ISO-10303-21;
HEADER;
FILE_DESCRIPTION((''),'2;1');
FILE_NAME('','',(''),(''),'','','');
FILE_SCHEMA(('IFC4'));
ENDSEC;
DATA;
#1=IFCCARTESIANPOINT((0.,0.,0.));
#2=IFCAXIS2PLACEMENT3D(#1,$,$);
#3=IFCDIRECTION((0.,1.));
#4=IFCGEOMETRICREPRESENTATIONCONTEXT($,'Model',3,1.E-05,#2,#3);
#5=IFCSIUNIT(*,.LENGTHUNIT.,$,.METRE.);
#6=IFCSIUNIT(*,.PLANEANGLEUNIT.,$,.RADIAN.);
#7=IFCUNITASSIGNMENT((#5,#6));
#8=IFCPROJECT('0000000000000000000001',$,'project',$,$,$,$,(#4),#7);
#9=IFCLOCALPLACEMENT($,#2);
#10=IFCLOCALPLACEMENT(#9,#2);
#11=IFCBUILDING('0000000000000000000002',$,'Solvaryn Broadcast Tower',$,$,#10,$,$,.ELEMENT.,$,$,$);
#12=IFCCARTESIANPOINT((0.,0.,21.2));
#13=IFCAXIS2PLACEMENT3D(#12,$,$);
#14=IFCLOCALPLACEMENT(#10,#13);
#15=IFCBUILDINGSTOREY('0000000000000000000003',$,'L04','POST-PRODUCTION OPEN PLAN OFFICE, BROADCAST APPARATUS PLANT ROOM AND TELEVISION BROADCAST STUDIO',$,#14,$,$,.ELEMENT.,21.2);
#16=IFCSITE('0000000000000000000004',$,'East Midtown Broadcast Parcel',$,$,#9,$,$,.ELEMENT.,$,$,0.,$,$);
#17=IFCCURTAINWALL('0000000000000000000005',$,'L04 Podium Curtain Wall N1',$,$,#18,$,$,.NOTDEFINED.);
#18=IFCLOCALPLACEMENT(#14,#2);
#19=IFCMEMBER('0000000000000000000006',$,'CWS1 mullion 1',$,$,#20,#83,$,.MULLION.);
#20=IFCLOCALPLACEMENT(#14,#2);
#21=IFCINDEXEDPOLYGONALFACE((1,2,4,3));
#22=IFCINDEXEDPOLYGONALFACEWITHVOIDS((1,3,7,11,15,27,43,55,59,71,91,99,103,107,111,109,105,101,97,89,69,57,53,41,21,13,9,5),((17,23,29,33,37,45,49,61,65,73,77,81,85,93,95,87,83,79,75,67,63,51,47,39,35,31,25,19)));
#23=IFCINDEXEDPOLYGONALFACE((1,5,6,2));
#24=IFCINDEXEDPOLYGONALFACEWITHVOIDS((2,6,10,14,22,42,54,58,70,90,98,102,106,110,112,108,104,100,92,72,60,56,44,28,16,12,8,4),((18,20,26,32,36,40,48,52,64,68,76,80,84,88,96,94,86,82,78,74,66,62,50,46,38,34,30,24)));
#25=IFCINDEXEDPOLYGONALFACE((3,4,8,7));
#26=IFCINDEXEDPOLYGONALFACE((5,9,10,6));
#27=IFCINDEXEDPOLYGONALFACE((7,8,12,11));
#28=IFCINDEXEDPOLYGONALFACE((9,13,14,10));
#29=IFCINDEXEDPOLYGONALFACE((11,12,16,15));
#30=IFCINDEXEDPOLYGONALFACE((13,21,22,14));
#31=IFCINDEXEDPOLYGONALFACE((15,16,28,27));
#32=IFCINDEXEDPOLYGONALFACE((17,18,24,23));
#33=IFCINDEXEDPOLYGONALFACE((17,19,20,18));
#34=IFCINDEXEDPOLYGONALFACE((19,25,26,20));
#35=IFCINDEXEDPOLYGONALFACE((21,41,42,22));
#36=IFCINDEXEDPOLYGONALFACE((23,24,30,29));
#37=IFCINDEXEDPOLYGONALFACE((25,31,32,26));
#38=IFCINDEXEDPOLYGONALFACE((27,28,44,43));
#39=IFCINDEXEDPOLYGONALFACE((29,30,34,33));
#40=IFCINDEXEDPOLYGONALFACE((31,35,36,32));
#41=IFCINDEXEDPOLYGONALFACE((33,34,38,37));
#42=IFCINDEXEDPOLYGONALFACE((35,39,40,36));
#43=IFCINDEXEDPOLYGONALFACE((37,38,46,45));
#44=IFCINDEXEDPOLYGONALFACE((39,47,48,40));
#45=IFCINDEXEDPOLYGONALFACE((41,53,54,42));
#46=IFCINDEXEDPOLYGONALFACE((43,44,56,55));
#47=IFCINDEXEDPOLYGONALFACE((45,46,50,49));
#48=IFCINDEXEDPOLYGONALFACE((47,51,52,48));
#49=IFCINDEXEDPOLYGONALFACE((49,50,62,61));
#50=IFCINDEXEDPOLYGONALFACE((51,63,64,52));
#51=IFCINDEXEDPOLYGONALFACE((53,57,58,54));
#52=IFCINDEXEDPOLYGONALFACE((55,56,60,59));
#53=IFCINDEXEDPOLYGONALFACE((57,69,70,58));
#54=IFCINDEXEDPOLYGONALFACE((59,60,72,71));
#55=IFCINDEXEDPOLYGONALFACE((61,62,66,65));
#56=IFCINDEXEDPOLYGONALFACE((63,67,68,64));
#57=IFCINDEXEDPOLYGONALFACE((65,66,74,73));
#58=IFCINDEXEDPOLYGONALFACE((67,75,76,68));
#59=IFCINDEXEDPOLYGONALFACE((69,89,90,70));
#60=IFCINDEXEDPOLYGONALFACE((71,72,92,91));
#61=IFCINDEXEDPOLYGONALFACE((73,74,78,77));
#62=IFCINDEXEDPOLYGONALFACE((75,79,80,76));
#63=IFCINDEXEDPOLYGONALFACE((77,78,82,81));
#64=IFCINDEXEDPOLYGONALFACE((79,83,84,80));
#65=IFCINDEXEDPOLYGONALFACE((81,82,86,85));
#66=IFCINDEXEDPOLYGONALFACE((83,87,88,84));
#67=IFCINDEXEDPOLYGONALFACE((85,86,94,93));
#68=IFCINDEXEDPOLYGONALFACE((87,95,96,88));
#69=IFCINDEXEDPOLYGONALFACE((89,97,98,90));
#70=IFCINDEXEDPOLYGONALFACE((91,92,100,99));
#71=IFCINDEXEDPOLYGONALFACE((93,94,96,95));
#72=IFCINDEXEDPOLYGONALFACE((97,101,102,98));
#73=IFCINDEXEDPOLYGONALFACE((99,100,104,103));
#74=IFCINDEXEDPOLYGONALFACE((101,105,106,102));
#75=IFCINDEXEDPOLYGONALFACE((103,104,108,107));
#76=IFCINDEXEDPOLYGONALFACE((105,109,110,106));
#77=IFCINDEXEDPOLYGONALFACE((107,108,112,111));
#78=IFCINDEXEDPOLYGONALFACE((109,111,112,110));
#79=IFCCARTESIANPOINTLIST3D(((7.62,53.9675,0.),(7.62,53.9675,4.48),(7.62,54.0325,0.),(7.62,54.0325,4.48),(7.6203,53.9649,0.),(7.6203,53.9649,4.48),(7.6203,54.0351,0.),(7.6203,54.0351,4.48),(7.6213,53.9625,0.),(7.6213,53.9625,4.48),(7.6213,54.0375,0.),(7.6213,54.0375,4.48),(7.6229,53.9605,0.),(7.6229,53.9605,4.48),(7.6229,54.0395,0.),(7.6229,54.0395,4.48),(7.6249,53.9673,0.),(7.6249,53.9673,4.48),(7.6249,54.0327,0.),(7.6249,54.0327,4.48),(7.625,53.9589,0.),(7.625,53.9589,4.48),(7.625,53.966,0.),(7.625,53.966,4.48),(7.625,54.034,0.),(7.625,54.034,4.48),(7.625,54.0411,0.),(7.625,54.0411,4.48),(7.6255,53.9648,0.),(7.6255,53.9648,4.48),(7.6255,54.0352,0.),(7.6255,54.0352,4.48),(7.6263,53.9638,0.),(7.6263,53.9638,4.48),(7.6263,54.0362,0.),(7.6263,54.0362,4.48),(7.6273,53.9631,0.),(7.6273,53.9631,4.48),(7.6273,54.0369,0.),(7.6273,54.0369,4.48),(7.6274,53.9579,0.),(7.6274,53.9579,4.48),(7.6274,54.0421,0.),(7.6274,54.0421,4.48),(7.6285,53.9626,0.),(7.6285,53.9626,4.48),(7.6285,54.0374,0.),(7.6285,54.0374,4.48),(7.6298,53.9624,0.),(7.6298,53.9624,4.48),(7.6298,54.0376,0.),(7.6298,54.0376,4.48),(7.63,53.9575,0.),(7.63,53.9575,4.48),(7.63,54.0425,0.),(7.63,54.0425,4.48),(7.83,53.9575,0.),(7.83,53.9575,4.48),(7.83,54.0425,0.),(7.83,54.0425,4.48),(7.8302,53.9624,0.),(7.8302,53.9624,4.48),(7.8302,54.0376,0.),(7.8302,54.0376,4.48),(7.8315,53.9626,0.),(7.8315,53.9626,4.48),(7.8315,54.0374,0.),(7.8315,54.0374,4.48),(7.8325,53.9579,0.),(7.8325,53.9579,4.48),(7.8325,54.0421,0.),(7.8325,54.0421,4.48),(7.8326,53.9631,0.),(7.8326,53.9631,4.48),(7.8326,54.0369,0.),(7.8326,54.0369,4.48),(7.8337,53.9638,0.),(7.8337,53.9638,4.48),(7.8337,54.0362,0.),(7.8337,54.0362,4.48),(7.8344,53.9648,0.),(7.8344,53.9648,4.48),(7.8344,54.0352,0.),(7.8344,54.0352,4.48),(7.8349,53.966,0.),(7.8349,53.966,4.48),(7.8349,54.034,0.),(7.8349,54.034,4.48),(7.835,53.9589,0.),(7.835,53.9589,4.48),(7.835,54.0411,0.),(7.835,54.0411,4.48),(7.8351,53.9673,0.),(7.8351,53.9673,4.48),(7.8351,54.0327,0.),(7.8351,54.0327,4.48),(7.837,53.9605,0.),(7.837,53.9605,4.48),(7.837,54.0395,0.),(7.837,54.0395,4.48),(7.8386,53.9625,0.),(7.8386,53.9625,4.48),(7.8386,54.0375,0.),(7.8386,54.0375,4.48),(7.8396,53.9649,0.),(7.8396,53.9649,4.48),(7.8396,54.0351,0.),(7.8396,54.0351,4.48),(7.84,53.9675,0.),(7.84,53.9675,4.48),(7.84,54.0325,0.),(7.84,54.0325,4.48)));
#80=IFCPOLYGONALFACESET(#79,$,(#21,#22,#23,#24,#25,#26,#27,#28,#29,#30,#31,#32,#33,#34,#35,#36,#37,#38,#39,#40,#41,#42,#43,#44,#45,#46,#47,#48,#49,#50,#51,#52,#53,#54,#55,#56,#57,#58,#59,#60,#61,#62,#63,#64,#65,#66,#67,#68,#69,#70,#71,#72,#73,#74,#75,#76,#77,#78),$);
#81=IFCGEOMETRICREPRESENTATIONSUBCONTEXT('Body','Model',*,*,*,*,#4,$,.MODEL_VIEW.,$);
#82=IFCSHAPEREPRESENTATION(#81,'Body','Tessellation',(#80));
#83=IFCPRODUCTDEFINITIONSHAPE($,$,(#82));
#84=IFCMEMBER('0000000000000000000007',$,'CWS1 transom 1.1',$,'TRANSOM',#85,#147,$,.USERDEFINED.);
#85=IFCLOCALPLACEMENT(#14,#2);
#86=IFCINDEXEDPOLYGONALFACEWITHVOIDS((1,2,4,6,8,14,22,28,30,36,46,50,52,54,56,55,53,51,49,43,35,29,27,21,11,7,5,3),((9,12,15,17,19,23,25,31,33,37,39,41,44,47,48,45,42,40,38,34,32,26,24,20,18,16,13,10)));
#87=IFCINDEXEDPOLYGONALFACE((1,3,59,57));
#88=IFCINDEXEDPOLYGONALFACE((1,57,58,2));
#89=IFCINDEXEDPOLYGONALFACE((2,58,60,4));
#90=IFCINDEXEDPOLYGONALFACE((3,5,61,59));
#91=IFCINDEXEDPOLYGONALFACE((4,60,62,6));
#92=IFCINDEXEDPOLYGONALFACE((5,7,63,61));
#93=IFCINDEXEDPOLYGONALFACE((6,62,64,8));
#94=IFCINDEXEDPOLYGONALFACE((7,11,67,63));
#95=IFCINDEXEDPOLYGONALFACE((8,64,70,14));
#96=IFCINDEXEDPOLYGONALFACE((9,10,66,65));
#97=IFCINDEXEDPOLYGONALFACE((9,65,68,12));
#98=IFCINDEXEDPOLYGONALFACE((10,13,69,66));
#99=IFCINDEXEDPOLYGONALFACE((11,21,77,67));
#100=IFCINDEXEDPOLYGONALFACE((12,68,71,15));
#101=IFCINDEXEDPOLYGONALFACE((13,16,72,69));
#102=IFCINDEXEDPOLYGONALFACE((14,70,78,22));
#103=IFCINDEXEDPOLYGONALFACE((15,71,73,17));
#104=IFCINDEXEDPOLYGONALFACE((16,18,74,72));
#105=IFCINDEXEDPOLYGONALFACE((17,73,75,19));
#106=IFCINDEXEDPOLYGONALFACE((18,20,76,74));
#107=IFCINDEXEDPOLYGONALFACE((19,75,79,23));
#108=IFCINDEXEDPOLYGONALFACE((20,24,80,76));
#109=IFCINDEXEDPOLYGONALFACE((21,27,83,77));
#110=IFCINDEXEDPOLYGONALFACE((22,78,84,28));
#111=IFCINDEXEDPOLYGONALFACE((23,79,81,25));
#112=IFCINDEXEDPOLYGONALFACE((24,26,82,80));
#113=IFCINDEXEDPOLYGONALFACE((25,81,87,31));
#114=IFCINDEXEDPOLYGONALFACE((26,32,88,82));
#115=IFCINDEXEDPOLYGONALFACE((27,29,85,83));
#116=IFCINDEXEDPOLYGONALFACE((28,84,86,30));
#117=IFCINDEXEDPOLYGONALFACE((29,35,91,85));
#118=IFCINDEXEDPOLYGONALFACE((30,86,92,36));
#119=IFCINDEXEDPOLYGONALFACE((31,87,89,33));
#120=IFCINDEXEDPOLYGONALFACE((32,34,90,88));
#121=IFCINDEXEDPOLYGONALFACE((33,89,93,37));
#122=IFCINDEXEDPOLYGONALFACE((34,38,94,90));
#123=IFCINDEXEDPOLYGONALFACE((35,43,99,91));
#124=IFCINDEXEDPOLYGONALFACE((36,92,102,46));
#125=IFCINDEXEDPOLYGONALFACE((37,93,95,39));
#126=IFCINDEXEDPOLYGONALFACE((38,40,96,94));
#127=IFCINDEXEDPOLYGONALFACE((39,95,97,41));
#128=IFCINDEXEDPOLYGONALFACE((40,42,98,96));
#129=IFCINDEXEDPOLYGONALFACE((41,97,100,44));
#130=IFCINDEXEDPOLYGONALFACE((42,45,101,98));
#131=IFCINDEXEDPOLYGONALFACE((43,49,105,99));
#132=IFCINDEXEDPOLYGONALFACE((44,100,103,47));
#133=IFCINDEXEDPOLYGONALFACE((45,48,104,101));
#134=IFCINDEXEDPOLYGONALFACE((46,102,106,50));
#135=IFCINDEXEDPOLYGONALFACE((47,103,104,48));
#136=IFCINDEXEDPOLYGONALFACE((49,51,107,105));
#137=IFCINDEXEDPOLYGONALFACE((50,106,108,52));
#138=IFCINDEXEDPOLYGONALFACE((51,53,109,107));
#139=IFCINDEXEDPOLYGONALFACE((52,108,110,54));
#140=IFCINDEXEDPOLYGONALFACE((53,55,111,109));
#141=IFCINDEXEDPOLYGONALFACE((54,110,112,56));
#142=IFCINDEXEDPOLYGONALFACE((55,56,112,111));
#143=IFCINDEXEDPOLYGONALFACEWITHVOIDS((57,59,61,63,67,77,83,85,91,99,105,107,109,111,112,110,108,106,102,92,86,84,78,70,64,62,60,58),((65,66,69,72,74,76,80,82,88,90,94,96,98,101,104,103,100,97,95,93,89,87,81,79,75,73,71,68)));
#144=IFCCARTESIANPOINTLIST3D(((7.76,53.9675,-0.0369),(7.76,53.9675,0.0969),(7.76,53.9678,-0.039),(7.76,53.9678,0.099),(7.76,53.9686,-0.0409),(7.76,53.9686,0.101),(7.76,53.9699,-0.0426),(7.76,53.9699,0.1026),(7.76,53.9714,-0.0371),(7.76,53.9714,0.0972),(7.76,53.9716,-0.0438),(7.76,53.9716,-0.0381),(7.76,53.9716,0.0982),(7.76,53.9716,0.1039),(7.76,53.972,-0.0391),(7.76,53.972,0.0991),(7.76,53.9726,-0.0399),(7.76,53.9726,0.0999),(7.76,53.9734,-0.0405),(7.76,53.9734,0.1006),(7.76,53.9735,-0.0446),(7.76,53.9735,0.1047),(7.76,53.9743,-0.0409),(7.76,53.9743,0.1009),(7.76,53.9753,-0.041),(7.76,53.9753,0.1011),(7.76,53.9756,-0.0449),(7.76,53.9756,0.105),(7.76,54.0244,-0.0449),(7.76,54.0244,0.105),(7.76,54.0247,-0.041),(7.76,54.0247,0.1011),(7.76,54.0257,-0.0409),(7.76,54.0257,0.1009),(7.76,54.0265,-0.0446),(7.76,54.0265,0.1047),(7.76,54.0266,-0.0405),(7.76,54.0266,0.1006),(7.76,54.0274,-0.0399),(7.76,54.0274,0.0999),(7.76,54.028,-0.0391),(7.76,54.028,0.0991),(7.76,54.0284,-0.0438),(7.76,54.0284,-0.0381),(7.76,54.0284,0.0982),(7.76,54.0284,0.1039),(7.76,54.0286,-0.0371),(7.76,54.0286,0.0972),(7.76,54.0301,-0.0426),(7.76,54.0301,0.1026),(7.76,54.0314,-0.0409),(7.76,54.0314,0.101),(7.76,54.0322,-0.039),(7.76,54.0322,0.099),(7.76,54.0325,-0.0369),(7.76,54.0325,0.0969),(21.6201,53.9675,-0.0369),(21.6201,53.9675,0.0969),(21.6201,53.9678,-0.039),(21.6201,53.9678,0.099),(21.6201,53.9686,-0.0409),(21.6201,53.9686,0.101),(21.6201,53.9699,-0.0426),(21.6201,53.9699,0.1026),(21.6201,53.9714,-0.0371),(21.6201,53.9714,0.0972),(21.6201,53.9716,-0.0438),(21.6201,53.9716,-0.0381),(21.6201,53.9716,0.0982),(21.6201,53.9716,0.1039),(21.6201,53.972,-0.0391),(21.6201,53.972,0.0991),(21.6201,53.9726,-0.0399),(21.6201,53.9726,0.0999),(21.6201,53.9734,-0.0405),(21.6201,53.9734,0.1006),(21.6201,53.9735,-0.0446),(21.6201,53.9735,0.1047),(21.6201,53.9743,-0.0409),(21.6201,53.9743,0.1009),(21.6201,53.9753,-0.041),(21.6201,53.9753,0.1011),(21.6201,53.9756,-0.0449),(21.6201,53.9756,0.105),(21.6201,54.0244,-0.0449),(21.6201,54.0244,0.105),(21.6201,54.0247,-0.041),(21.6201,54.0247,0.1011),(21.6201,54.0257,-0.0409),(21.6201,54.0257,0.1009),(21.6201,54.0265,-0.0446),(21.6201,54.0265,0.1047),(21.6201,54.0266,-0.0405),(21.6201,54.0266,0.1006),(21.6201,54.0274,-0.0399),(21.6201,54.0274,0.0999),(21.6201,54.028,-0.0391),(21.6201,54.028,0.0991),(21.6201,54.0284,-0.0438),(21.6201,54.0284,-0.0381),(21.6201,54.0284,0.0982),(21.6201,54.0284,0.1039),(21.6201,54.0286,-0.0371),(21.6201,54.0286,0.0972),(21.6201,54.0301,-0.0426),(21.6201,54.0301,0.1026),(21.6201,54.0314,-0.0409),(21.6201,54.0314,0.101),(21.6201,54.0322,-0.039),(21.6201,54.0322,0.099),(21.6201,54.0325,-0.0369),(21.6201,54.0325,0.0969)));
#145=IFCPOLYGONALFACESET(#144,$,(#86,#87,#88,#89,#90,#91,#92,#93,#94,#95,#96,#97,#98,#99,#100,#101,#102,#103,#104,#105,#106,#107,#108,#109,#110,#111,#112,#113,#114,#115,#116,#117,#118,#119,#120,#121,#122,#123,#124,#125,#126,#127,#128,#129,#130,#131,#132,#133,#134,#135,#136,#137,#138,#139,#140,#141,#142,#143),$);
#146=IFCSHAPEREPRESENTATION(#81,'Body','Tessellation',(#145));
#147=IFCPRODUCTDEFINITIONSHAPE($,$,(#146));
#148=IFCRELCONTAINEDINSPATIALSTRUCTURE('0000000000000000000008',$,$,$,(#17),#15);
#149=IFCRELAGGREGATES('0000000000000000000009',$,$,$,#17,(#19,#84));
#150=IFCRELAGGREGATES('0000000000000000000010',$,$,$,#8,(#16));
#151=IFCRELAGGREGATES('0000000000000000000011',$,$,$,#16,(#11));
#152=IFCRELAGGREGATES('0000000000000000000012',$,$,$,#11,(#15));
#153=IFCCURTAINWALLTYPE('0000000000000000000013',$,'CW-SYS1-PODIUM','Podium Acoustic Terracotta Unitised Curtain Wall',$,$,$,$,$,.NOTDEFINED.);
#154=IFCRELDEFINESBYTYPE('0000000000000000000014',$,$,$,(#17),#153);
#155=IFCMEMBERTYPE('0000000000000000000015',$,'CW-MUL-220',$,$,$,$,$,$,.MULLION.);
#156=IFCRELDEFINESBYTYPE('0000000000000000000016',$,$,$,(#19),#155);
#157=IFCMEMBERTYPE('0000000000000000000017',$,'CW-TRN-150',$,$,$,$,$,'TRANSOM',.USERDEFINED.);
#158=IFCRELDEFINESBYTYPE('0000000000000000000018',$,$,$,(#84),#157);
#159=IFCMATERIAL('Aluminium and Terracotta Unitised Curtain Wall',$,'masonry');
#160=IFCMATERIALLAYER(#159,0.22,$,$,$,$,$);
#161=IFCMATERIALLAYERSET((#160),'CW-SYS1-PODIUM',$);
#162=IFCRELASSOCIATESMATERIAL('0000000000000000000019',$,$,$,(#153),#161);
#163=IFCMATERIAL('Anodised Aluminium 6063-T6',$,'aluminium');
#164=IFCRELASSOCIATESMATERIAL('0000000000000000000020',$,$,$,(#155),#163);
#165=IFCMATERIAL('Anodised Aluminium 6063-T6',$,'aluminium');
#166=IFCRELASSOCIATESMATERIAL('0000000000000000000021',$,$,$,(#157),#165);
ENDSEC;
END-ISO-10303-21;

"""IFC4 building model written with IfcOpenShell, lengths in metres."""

from ifc_helpers import new_model, si_unit, direction, frame, origin, origin_2d, place, context, subcontext, project, spatial, hollow_rectangle, extrude, material, layer, layer_set, material_profile, profile_set, type_object, element, aggregate, save


model = new_model("IFC4")

# Units and contexts
model_context = context("Model", 3, precision=1e-05, world=origin(), true_north=direction((0.0, 1.0)))
body_context = subcontext(model_context, "Body", "Model", "MODEL_VIEW")
ifc_project = project(units=[si_unit("LENGTHUNIT", "METRE"), si_unit("PLANEANGLEUNIT", "RADIAN")], contexts=[model_context])

# Site, building, storey
site_placement = place(None, origin())
site = spatial("IfcSite", under=ifc_project, at=site_placement, Name="East Midtown Broadcast Parcel", CompositionType="ELEMENT", RefElevation=0.0)
building_placement = place(site_placement, origin())
building = spatial("IfcBuilding", under=site, at=building_placement, Name="Solvaryn Broadcast Tower", CompositionType="ELEMENT")
storey_placement = place(building_placement, frame((0.0, 0.0, 21.2)))
storey = spatial("IfcBuildingStorey", under=building, at=storey_placement, Name="L04", Description="POST-PRODUCTION OPEN PLAN OFFICE, BROADCAST APPARATUS PLANT ROOM AND TELEVISION BROADCAST STUDIO", CompositionType="ELEMENT", Elevation=21.2)

# Curtain wall, members
ifc_material_1 = material(Name="Aluminium and Terracotta Unitised Curtain Wall", Category="masonry")
ifc_layer_1 = layer(ifc_material_1, 0.22)
ifc_layer_set_1 = layer_set([ifc_layer_1], Name="CW-SYS1-PODIUM")
curtain_wall_type = type_object("IfcCurtainWallType", Name="CW-SYS1-PODIUM", Description="Podium Acoustic Terracotta Unitised Curtain Wall", PredefinedType="NOTDEFINED", material=ifc_layer_set_1)
curtain_wall_placement = place(storey_placement, origin())
curtain_wall = element("IfcCurtainWall", 1, at=curtain_wall_placement, inside=storey, type_object=curtain_wall_type, Name="L04 Podium Curtain Wall N1", PredefinedType="NOTDEFINED")
ifc_material_2 = material(Name="Anodised Aluminium 6063-T6", Category="aluminium")
ifc_material_profile_1 = material_profile(ifc_material_2, hollow_rectangle(XDim=0.085, YDim=0.22, WallThickness=0.0049, InnerFilletRadius=0.0049, OuterFilletRadius=0.01, at=origin_2d()))
ifc_profile_set_1 = profile_set([ifc_material_profile_1], Name="Anodised Aluminium 6063-T6")
member_type_1 = type_object("IfcMemberType", Name="CW-MUL-220", PredefinedType="MULLION", material=ifc_profile_set_1)
member_1_placement = place(storey_placement, frame((7.73, 54.0, 0.0), z_axis=(0.0, 0.0, 1.0), x_axis=(0.0, 1.0, 0.0)))
member_1 = element("IfcMember", 2, at=member_1_placement, type_object=member_type_1, Name="CWS1 mullion 1", PredefinedType="MULLION", context=body_context, shape_type="SweptSolid", body=[
    extrude(hollow_rectangle(XDim=0.085, YDim=0.22, WallThickness=0.0049, InnerFilletRadius=0.0049, OuterFilletRadius=0.01, at=origin_2d()), origin(), (0.0, 0.0, 1.0), 4.48),
])
ifc_material_3 = material(Name="Anodised Aluminium 6063-T6", Category="aluminium")
ifc_material_profile_2 = material_profile(ifc_material_3, hollow_rectangle(XDim=0.0649, YDim=0.1499, WallThickness=0.0039, InnerFilletRadius=0.0039, OuterFilletRadius=0.0081, at=origin_2d()))
ifc_profile_set_2 = profile_set([ifc_material_profile_2], Name="Anodised Aluminium 6063-T6")
member_type_2 = type_object("IfcMemberType", Name="CW-TRN-150", ElementType="TRANSOM", PredefinedType="USERDEFINED", material=ifc_profile_set_2)
member_2_placement = place(storey_placement, frame((7.76, 54.0, 0.03), z_axis=(1.0, 0.0, 0.0), x_axis=(0.0, 1.0, 0.0)))
member_2 = element("IfcMember", 3, at=member_2_placement, type_object=member_type_2, Name="CWS1 transom 1.1", ObjectType="TRANSOM", PredefinedType="USERDEFINED", context=body_context, shape_type="SweptSolid", body=[
    extrude(hollow_rectangle(XDim=0.0649, YDim=0.1499, WallThickness=0.0039, InnerFilletRadius=0.0039, OuterFilletRadius=0.0081, at=origin_2d()), origin(), (0.0, 0.0, 1.0), 13.8601),
])
aggregate(curtain_wall, [member_1, member_2])

save(model, "model.ifc")
